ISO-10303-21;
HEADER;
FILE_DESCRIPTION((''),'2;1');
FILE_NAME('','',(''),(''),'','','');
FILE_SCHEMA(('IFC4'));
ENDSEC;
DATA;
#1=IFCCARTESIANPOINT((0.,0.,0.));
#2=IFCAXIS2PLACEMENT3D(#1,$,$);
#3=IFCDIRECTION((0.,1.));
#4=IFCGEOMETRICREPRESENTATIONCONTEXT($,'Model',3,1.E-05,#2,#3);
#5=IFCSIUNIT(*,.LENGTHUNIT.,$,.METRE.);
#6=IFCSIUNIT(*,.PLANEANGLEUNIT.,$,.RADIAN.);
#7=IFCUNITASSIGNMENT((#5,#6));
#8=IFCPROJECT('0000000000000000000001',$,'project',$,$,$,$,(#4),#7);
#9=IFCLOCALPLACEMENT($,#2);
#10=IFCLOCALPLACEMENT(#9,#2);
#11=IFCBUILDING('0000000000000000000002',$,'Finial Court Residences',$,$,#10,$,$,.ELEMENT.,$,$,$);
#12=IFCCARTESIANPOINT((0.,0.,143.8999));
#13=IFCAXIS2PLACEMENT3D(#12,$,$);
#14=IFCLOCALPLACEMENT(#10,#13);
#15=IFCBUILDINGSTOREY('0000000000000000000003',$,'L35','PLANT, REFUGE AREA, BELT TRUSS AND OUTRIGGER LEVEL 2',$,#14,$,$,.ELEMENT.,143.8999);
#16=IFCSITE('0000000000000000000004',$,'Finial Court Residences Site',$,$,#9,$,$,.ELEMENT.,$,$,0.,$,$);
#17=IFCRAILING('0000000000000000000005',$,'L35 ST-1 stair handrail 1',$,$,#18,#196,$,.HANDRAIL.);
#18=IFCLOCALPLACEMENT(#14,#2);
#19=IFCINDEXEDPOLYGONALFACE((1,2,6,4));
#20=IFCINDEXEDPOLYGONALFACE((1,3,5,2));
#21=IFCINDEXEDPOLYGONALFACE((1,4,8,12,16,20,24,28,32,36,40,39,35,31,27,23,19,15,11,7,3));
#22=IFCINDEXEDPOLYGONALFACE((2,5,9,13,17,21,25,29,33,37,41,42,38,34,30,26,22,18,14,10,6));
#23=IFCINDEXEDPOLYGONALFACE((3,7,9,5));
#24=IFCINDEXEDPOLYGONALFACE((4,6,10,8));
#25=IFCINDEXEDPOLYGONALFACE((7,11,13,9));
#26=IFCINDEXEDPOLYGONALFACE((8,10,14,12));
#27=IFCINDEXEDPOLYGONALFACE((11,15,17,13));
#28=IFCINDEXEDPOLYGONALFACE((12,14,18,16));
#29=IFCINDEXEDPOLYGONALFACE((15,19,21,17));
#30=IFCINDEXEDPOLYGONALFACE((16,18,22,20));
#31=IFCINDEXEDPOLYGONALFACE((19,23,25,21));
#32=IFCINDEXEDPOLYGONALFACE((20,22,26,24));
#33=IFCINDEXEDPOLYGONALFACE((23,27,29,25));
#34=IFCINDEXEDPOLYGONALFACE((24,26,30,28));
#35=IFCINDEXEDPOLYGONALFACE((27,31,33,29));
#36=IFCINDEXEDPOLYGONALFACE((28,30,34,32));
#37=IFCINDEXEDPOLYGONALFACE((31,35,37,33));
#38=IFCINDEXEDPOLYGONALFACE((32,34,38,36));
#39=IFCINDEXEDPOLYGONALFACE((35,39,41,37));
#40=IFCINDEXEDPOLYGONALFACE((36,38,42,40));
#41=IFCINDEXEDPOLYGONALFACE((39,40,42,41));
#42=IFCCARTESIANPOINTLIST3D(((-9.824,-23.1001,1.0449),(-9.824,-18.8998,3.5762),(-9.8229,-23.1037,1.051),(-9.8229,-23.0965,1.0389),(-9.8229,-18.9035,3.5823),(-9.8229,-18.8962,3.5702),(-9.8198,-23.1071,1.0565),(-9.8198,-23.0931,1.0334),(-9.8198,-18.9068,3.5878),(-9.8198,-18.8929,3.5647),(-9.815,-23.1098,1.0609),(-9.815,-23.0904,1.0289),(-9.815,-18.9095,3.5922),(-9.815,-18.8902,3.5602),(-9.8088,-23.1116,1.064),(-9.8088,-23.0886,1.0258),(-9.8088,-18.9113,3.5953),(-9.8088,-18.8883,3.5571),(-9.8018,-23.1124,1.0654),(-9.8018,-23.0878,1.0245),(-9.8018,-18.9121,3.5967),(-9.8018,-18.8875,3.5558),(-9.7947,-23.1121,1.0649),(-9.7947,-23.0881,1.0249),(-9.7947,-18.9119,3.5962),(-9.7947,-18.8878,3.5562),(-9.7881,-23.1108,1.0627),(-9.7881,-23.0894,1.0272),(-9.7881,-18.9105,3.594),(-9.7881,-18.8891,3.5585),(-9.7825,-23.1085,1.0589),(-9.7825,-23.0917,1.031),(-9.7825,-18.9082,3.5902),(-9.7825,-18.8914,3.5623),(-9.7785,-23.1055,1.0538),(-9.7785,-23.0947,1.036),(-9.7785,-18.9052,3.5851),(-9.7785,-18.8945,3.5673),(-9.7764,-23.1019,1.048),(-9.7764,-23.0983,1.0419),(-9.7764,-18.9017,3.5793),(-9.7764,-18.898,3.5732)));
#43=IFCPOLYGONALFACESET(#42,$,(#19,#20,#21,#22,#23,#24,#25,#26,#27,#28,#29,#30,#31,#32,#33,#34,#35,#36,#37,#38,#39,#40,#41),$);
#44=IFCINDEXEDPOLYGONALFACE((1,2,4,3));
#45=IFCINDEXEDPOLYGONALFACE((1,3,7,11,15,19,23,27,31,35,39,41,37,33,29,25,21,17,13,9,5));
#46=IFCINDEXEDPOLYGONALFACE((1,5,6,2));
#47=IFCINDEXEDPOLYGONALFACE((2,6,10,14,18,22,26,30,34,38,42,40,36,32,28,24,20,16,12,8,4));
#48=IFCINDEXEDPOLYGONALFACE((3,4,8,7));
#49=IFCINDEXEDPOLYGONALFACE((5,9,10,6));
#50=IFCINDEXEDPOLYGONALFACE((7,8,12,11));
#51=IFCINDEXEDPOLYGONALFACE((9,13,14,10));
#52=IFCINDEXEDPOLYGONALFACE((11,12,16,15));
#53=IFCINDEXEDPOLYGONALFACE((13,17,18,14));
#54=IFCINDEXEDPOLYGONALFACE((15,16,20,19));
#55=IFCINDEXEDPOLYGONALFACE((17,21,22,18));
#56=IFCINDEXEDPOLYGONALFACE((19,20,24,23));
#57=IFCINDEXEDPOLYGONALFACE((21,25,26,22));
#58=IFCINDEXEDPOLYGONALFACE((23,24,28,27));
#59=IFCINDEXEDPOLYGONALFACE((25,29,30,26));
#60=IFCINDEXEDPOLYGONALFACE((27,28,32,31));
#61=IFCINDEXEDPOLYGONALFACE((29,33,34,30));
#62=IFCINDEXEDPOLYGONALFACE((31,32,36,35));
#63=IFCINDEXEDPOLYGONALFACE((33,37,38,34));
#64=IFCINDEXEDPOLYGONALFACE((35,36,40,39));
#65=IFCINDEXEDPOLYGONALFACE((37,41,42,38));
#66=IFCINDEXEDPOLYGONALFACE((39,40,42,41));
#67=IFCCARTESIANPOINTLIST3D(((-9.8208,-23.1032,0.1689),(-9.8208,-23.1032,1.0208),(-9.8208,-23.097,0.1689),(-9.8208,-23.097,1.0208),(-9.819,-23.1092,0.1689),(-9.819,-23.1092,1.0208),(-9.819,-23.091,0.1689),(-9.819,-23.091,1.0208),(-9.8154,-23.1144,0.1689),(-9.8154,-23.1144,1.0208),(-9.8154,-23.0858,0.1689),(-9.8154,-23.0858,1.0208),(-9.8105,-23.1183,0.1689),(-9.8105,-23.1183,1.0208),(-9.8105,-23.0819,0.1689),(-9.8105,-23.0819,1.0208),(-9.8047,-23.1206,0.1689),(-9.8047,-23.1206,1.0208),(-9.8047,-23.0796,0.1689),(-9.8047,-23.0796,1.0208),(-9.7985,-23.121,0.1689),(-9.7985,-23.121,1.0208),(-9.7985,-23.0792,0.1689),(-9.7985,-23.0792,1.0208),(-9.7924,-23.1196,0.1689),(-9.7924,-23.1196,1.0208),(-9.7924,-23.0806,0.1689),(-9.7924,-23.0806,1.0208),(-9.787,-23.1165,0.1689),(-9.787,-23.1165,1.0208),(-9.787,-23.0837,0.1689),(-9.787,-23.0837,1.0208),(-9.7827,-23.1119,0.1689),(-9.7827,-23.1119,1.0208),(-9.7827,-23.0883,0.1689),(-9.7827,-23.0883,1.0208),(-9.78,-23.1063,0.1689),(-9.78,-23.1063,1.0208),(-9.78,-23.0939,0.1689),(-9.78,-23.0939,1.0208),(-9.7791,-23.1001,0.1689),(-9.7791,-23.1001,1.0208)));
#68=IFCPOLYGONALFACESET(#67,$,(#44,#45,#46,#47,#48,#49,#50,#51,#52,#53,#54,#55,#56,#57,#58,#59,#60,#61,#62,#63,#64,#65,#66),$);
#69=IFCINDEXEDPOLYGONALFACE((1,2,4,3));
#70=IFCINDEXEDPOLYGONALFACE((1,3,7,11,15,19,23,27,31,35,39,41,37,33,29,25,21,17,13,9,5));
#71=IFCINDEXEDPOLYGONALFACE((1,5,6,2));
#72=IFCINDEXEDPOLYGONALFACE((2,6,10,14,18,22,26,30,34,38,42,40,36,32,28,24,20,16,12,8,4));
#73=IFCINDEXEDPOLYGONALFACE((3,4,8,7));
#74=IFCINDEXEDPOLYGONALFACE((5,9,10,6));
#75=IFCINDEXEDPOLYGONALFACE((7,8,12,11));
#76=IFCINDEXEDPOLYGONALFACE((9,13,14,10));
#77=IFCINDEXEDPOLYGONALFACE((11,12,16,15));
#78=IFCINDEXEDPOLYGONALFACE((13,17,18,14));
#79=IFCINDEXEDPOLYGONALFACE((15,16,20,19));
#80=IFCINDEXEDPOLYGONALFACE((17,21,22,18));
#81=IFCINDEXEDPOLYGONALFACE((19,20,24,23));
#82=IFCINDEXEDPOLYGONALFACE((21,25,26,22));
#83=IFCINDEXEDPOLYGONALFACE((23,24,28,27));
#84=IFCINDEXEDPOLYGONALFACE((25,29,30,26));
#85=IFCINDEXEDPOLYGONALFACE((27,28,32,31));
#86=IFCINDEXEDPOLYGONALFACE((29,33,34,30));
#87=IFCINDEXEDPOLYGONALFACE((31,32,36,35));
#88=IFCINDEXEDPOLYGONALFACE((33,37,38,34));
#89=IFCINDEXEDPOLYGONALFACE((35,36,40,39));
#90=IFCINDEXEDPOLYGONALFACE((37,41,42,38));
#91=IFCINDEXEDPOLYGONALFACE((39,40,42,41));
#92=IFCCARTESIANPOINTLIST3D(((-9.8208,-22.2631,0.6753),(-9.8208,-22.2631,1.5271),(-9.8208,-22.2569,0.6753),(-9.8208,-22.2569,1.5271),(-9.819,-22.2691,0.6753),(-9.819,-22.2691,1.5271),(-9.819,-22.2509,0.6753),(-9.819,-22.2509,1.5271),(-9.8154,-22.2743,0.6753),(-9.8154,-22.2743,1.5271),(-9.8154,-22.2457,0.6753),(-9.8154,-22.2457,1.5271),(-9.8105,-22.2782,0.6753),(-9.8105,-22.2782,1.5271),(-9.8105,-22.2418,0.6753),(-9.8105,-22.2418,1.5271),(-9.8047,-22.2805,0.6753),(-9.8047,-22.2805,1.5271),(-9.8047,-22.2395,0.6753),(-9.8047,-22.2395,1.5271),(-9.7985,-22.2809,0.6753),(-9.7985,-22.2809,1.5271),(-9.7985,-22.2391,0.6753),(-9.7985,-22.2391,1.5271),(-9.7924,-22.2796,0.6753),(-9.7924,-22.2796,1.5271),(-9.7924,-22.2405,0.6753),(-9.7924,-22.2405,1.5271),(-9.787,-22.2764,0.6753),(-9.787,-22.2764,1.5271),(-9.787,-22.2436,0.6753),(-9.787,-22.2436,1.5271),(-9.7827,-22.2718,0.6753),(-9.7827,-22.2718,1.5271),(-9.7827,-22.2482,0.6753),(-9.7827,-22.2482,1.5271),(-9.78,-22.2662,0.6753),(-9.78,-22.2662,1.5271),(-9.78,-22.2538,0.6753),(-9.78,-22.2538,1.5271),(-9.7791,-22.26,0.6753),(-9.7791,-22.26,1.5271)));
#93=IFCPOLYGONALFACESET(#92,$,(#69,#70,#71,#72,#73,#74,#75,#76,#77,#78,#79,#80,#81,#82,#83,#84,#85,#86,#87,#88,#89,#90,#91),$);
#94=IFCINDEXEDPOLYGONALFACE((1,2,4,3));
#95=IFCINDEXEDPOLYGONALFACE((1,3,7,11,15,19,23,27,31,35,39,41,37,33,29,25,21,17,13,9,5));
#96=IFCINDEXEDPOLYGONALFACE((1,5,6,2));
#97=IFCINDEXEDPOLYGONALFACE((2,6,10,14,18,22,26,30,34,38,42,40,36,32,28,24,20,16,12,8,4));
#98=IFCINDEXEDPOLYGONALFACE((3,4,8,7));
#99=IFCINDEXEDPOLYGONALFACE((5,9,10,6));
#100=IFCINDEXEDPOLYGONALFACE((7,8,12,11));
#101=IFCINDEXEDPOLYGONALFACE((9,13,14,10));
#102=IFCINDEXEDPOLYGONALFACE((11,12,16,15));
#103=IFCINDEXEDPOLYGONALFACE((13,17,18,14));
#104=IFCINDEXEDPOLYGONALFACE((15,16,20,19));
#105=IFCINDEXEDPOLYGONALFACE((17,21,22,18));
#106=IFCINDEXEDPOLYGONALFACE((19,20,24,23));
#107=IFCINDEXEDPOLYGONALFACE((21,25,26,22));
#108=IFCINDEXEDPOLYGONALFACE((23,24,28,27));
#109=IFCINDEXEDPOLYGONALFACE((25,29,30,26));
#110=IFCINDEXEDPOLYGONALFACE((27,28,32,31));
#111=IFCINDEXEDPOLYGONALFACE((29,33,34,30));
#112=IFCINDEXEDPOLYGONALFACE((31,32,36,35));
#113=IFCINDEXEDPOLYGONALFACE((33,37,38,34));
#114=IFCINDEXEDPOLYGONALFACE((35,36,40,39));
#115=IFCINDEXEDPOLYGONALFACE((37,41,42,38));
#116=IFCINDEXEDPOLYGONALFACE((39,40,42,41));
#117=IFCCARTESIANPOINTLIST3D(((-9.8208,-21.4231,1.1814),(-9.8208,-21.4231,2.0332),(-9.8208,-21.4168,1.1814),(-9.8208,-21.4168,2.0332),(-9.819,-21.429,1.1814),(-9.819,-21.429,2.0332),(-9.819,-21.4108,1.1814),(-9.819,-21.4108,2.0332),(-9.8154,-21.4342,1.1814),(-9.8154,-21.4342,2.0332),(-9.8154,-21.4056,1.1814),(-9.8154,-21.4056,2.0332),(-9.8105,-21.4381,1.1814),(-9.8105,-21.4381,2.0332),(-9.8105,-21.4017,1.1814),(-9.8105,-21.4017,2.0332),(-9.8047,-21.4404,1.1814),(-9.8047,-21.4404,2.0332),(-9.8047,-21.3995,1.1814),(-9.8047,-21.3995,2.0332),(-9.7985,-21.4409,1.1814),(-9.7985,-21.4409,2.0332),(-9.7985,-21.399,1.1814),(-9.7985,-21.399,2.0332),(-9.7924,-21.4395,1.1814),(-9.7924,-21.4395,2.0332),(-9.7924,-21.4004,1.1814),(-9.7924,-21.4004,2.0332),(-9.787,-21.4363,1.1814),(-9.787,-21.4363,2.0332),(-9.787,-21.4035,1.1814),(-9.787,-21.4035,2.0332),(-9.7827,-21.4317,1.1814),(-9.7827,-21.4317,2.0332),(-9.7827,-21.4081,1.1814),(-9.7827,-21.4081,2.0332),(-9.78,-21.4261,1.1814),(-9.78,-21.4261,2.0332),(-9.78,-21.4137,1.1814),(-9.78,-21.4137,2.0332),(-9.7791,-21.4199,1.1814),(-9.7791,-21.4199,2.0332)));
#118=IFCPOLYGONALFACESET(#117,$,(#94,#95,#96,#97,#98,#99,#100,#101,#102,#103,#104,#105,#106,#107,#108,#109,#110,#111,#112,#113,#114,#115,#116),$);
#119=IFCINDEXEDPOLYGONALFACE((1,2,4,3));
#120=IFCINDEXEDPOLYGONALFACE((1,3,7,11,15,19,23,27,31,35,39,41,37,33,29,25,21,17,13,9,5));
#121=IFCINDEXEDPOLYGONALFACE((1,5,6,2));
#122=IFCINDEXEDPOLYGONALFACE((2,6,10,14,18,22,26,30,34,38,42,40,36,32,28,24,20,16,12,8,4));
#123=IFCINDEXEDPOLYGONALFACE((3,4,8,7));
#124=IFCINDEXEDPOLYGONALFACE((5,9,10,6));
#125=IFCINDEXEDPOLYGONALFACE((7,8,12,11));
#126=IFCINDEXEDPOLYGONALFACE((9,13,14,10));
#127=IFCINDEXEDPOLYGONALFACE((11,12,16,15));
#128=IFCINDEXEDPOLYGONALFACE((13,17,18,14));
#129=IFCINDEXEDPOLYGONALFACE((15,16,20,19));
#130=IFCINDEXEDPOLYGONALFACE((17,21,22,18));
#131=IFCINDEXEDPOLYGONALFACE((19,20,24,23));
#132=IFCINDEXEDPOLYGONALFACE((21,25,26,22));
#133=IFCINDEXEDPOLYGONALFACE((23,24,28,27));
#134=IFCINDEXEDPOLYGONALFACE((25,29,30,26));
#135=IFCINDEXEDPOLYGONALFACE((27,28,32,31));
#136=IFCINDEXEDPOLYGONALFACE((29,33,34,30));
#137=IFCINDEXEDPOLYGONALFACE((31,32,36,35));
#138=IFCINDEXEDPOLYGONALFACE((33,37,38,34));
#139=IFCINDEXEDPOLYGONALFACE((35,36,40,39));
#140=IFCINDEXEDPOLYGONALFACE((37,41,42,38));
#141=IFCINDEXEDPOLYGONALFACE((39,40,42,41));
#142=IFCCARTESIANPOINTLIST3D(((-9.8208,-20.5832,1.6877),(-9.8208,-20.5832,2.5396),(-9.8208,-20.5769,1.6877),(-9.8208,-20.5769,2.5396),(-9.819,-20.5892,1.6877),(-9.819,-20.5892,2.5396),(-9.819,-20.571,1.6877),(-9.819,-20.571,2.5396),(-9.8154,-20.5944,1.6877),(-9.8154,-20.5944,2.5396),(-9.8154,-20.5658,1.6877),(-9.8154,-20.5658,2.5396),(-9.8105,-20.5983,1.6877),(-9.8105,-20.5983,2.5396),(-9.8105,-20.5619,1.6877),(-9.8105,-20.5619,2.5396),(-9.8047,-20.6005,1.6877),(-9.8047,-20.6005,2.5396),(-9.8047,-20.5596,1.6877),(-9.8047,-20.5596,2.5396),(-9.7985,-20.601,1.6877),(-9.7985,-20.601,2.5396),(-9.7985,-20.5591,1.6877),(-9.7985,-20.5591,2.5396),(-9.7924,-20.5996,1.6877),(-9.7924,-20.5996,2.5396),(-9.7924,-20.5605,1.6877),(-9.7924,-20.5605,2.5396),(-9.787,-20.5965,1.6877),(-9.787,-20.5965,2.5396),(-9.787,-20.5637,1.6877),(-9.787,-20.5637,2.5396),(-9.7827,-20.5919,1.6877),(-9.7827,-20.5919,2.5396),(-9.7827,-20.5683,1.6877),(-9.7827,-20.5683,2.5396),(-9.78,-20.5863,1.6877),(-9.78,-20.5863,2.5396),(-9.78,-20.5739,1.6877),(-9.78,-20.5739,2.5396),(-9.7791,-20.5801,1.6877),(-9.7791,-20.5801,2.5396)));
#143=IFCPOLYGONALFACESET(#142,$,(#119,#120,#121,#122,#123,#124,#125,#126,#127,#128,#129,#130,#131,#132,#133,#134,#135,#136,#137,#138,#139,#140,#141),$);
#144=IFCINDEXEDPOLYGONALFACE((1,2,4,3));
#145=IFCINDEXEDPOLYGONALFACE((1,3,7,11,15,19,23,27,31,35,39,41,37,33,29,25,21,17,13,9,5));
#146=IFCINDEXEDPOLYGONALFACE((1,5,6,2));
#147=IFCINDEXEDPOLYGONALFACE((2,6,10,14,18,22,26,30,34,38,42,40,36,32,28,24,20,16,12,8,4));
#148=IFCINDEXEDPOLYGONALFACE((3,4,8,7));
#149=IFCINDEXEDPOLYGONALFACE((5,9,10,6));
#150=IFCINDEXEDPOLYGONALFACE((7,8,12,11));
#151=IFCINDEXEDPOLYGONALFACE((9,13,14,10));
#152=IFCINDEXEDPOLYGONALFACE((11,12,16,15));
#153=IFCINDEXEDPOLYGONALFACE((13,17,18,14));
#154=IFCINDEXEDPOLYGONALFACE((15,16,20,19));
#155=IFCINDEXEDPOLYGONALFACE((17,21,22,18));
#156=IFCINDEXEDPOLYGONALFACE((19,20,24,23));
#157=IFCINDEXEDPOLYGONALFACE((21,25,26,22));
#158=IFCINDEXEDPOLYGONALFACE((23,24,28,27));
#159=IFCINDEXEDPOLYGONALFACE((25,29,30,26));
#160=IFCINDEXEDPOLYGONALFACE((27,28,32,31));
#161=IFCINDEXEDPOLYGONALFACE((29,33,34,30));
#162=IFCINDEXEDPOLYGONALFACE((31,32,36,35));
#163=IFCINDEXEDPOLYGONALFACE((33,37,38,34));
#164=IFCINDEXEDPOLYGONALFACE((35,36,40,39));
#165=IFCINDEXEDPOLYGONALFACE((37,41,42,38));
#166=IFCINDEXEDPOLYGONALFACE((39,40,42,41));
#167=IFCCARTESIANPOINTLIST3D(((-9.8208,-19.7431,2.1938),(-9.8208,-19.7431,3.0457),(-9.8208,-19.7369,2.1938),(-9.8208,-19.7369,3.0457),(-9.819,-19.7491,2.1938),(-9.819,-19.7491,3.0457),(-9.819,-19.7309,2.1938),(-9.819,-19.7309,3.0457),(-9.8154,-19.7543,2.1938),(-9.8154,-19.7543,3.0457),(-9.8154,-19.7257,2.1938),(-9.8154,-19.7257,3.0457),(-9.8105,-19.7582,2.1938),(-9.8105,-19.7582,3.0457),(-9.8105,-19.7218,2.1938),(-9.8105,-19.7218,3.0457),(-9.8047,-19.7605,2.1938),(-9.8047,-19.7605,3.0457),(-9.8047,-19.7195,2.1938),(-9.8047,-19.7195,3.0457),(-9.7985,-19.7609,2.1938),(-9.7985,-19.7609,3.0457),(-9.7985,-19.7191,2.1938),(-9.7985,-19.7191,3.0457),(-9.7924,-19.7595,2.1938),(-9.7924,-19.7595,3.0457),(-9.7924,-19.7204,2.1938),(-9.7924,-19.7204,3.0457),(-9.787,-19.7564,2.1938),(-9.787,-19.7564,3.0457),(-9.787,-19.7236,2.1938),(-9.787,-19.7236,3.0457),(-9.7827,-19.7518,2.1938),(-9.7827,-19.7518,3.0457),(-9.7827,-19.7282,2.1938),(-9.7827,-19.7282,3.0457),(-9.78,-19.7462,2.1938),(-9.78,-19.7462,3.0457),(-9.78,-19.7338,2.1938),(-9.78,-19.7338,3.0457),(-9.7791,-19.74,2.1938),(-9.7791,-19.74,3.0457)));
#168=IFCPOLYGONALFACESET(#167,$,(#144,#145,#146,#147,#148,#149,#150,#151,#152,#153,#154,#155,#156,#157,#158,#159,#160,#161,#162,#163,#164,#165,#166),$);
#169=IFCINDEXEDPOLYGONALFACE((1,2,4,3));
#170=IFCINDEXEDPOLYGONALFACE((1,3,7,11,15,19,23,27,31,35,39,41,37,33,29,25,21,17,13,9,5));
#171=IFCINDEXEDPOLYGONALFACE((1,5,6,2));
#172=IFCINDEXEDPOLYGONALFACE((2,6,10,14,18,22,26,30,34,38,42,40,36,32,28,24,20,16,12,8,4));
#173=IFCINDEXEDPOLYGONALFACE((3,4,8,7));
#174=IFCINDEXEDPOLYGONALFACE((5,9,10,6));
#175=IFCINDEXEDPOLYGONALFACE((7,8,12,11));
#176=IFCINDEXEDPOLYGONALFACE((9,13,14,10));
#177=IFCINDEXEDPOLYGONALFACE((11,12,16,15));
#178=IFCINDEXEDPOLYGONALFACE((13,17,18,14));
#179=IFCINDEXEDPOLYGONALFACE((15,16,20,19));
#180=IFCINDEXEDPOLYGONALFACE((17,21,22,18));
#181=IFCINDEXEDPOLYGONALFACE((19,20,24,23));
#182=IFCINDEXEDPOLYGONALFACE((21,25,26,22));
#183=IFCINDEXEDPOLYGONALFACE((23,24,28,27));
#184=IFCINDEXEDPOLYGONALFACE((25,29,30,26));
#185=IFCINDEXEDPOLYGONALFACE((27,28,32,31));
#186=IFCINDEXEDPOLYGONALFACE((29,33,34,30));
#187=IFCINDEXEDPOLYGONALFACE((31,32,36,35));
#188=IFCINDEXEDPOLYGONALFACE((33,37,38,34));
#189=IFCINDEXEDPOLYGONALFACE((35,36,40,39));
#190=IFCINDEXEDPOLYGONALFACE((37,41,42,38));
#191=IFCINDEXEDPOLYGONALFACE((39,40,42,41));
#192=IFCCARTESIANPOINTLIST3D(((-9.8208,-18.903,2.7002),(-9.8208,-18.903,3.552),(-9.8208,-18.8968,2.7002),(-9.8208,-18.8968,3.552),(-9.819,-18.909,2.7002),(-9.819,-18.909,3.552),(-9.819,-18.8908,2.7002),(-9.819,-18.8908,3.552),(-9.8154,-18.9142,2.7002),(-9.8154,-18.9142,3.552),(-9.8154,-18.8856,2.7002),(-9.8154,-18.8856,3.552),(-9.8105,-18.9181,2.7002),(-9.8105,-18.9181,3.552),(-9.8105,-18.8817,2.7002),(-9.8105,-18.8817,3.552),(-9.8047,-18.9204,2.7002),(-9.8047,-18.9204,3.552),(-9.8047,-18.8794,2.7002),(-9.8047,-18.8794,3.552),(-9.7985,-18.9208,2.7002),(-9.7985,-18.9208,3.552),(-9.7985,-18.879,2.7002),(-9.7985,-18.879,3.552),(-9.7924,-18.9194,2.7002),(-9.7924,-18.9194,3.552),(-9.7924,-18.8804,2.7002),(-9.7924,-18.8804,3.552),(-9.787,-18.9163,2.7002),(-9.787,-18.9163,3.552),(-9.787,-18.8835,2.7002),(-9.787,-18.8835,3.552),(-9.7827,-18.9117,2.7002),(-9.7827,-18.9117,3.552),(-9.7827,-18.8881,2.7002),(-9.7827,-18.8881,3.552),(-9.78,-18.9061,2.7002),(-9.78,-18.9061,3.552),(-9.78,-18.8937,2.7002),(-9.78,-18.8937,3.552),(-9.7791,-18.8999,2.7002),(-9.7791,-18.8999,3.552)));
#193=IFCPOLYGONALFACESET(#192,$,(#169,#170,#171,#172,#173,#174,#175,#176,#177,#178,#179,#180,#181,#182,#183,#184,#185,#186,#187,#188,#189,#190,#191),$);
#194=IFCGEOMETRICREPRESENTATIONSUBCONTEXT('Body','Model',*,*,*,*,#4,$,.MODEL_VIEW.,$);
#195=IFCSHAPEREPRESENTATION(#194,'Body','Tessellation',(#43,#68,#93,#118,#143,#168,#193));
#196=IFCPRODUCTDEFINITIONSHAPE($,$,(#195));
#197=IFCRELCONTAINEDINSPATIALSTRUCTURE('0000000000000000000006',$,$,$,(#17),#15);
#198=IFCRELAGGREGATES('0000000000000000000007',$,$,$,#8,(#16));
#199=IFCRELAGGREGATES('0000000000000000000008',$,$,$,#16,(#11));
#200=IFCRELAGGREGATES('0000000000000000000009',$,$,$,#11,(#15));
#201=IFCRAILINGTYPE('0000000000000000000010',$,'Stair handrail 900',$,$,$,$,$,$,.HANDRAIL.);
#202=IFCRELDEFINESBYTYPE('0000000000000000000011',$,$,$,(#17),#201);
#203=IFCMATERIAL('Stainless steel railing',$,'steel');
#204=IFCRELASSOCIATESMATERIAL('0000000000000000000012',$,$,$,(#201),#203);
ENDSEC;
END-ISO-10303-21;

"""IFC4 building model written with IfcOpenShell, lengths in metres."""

from ifc_helpers import new_model, si_unit, direction, frame, origin, origin_2d, place, context, subcontext, project, spatial, circle, extrude, material, type_object, element, save


model = new_model("IFC4")

# Units and contexts
model_context = context("Model", 3, precision=1e-05, world=origin(), true_north=direction((0.0, 1.0)))
body_context = subcontext(model_context, "Body", "Model", "MODEL_VIEW")
ifc_project = project(units=[si_unit("LENGTHUNIT", "METRE"), si_unit("PLANEANGLEUNIT", "RADIAN")], contexts=[model_context])

# Site, building, storey
site_placement = place(None, origin())
site = spatial("IfcSite", under=ifc_project, at=site_placement, Name="Finial Court Residences Site", CompositionType="ELEMENT", RefElevation=0.0)
building_placement = place(site_placement, origin())
building = spatial("IfcBuilding", under=site, at=building_placement, Name="Finial Court Residences", CompositionType="ELEMENT")
storey_placement = place(building_placement, frame((0.0, 0.0, 143.8999)))
storey = spatial("IfcBuildingStorey", under=building, at=storey_placement, Name="L35", Description="PLANT, REFUGE AREA, BELT TRUSS AND OUTRIGGER LEVEL 2", CompositionType="ELEMENT", Elevation=143.8999)

# Railing
ifc_material_1 = material(Name="Stainless steel railing", Category="steel")
railing_type_1 = type_object("IfcRailingType", Name="Stair handrail 900", PredefinedType="HANDRAIL", material=ifc_material_1)
railing_1_placement = place(storey_placement, frame((-9.8, -23.1001, 0.1689)))
element("IfcRailing", 1, at=railing_1_placement, inside=storey, type_object=railing_type_1, Name="L35 ST-1 stair handrail 1", PredefinedType="HANDRAIL", context=body_context, shape_type="SweptSolid", body=[
    extrude(circle(Radius=0.0239, at=origin_2d()), frame((0.0, 0.0, 0.876), z_axis=(0.0, 0.85649, 0.516164), x_axis=(-1.0, 0.0, 0.0)), (0.0, 0.0, 1.0), 4.9041),
    extrude(circle(Radius=0.021, at=origin_2d()), origin(), (0.0, 0.0, 1.0), 0.8518),
    extrude(circle(Radius=0.021, at=origin_2d()), frame((0.0, 0.8401, 0.5063)), (0.0, 0.0, 1.0), 0.8518),
    extrude(circle(Radius=0.021, at=origin_2d()), frame((0.0, 1.6802, 1.0125)), (0.0, 0.0, 1.0), 0.8518),
    extrude(circle(Radius=0.021, at=origin_2d()), frame((0.0, 2.52, 1.5188)), (0.0, 0.0, 1.0), 0.8518),
    extrude(circle(Radius=0.021, at=origin_2d()), frame((0.0, 3.3601, 2.0249)), (0.0, 0.0, 1.0), 0.8518),
    extrude(circle(Radius=0.021, at=origin_2d()), frame((0.0, 4.2002, 2.5312)), (0.0, 0.0, 1.0), 0.8518),
])

save(model, "model.ifc")
